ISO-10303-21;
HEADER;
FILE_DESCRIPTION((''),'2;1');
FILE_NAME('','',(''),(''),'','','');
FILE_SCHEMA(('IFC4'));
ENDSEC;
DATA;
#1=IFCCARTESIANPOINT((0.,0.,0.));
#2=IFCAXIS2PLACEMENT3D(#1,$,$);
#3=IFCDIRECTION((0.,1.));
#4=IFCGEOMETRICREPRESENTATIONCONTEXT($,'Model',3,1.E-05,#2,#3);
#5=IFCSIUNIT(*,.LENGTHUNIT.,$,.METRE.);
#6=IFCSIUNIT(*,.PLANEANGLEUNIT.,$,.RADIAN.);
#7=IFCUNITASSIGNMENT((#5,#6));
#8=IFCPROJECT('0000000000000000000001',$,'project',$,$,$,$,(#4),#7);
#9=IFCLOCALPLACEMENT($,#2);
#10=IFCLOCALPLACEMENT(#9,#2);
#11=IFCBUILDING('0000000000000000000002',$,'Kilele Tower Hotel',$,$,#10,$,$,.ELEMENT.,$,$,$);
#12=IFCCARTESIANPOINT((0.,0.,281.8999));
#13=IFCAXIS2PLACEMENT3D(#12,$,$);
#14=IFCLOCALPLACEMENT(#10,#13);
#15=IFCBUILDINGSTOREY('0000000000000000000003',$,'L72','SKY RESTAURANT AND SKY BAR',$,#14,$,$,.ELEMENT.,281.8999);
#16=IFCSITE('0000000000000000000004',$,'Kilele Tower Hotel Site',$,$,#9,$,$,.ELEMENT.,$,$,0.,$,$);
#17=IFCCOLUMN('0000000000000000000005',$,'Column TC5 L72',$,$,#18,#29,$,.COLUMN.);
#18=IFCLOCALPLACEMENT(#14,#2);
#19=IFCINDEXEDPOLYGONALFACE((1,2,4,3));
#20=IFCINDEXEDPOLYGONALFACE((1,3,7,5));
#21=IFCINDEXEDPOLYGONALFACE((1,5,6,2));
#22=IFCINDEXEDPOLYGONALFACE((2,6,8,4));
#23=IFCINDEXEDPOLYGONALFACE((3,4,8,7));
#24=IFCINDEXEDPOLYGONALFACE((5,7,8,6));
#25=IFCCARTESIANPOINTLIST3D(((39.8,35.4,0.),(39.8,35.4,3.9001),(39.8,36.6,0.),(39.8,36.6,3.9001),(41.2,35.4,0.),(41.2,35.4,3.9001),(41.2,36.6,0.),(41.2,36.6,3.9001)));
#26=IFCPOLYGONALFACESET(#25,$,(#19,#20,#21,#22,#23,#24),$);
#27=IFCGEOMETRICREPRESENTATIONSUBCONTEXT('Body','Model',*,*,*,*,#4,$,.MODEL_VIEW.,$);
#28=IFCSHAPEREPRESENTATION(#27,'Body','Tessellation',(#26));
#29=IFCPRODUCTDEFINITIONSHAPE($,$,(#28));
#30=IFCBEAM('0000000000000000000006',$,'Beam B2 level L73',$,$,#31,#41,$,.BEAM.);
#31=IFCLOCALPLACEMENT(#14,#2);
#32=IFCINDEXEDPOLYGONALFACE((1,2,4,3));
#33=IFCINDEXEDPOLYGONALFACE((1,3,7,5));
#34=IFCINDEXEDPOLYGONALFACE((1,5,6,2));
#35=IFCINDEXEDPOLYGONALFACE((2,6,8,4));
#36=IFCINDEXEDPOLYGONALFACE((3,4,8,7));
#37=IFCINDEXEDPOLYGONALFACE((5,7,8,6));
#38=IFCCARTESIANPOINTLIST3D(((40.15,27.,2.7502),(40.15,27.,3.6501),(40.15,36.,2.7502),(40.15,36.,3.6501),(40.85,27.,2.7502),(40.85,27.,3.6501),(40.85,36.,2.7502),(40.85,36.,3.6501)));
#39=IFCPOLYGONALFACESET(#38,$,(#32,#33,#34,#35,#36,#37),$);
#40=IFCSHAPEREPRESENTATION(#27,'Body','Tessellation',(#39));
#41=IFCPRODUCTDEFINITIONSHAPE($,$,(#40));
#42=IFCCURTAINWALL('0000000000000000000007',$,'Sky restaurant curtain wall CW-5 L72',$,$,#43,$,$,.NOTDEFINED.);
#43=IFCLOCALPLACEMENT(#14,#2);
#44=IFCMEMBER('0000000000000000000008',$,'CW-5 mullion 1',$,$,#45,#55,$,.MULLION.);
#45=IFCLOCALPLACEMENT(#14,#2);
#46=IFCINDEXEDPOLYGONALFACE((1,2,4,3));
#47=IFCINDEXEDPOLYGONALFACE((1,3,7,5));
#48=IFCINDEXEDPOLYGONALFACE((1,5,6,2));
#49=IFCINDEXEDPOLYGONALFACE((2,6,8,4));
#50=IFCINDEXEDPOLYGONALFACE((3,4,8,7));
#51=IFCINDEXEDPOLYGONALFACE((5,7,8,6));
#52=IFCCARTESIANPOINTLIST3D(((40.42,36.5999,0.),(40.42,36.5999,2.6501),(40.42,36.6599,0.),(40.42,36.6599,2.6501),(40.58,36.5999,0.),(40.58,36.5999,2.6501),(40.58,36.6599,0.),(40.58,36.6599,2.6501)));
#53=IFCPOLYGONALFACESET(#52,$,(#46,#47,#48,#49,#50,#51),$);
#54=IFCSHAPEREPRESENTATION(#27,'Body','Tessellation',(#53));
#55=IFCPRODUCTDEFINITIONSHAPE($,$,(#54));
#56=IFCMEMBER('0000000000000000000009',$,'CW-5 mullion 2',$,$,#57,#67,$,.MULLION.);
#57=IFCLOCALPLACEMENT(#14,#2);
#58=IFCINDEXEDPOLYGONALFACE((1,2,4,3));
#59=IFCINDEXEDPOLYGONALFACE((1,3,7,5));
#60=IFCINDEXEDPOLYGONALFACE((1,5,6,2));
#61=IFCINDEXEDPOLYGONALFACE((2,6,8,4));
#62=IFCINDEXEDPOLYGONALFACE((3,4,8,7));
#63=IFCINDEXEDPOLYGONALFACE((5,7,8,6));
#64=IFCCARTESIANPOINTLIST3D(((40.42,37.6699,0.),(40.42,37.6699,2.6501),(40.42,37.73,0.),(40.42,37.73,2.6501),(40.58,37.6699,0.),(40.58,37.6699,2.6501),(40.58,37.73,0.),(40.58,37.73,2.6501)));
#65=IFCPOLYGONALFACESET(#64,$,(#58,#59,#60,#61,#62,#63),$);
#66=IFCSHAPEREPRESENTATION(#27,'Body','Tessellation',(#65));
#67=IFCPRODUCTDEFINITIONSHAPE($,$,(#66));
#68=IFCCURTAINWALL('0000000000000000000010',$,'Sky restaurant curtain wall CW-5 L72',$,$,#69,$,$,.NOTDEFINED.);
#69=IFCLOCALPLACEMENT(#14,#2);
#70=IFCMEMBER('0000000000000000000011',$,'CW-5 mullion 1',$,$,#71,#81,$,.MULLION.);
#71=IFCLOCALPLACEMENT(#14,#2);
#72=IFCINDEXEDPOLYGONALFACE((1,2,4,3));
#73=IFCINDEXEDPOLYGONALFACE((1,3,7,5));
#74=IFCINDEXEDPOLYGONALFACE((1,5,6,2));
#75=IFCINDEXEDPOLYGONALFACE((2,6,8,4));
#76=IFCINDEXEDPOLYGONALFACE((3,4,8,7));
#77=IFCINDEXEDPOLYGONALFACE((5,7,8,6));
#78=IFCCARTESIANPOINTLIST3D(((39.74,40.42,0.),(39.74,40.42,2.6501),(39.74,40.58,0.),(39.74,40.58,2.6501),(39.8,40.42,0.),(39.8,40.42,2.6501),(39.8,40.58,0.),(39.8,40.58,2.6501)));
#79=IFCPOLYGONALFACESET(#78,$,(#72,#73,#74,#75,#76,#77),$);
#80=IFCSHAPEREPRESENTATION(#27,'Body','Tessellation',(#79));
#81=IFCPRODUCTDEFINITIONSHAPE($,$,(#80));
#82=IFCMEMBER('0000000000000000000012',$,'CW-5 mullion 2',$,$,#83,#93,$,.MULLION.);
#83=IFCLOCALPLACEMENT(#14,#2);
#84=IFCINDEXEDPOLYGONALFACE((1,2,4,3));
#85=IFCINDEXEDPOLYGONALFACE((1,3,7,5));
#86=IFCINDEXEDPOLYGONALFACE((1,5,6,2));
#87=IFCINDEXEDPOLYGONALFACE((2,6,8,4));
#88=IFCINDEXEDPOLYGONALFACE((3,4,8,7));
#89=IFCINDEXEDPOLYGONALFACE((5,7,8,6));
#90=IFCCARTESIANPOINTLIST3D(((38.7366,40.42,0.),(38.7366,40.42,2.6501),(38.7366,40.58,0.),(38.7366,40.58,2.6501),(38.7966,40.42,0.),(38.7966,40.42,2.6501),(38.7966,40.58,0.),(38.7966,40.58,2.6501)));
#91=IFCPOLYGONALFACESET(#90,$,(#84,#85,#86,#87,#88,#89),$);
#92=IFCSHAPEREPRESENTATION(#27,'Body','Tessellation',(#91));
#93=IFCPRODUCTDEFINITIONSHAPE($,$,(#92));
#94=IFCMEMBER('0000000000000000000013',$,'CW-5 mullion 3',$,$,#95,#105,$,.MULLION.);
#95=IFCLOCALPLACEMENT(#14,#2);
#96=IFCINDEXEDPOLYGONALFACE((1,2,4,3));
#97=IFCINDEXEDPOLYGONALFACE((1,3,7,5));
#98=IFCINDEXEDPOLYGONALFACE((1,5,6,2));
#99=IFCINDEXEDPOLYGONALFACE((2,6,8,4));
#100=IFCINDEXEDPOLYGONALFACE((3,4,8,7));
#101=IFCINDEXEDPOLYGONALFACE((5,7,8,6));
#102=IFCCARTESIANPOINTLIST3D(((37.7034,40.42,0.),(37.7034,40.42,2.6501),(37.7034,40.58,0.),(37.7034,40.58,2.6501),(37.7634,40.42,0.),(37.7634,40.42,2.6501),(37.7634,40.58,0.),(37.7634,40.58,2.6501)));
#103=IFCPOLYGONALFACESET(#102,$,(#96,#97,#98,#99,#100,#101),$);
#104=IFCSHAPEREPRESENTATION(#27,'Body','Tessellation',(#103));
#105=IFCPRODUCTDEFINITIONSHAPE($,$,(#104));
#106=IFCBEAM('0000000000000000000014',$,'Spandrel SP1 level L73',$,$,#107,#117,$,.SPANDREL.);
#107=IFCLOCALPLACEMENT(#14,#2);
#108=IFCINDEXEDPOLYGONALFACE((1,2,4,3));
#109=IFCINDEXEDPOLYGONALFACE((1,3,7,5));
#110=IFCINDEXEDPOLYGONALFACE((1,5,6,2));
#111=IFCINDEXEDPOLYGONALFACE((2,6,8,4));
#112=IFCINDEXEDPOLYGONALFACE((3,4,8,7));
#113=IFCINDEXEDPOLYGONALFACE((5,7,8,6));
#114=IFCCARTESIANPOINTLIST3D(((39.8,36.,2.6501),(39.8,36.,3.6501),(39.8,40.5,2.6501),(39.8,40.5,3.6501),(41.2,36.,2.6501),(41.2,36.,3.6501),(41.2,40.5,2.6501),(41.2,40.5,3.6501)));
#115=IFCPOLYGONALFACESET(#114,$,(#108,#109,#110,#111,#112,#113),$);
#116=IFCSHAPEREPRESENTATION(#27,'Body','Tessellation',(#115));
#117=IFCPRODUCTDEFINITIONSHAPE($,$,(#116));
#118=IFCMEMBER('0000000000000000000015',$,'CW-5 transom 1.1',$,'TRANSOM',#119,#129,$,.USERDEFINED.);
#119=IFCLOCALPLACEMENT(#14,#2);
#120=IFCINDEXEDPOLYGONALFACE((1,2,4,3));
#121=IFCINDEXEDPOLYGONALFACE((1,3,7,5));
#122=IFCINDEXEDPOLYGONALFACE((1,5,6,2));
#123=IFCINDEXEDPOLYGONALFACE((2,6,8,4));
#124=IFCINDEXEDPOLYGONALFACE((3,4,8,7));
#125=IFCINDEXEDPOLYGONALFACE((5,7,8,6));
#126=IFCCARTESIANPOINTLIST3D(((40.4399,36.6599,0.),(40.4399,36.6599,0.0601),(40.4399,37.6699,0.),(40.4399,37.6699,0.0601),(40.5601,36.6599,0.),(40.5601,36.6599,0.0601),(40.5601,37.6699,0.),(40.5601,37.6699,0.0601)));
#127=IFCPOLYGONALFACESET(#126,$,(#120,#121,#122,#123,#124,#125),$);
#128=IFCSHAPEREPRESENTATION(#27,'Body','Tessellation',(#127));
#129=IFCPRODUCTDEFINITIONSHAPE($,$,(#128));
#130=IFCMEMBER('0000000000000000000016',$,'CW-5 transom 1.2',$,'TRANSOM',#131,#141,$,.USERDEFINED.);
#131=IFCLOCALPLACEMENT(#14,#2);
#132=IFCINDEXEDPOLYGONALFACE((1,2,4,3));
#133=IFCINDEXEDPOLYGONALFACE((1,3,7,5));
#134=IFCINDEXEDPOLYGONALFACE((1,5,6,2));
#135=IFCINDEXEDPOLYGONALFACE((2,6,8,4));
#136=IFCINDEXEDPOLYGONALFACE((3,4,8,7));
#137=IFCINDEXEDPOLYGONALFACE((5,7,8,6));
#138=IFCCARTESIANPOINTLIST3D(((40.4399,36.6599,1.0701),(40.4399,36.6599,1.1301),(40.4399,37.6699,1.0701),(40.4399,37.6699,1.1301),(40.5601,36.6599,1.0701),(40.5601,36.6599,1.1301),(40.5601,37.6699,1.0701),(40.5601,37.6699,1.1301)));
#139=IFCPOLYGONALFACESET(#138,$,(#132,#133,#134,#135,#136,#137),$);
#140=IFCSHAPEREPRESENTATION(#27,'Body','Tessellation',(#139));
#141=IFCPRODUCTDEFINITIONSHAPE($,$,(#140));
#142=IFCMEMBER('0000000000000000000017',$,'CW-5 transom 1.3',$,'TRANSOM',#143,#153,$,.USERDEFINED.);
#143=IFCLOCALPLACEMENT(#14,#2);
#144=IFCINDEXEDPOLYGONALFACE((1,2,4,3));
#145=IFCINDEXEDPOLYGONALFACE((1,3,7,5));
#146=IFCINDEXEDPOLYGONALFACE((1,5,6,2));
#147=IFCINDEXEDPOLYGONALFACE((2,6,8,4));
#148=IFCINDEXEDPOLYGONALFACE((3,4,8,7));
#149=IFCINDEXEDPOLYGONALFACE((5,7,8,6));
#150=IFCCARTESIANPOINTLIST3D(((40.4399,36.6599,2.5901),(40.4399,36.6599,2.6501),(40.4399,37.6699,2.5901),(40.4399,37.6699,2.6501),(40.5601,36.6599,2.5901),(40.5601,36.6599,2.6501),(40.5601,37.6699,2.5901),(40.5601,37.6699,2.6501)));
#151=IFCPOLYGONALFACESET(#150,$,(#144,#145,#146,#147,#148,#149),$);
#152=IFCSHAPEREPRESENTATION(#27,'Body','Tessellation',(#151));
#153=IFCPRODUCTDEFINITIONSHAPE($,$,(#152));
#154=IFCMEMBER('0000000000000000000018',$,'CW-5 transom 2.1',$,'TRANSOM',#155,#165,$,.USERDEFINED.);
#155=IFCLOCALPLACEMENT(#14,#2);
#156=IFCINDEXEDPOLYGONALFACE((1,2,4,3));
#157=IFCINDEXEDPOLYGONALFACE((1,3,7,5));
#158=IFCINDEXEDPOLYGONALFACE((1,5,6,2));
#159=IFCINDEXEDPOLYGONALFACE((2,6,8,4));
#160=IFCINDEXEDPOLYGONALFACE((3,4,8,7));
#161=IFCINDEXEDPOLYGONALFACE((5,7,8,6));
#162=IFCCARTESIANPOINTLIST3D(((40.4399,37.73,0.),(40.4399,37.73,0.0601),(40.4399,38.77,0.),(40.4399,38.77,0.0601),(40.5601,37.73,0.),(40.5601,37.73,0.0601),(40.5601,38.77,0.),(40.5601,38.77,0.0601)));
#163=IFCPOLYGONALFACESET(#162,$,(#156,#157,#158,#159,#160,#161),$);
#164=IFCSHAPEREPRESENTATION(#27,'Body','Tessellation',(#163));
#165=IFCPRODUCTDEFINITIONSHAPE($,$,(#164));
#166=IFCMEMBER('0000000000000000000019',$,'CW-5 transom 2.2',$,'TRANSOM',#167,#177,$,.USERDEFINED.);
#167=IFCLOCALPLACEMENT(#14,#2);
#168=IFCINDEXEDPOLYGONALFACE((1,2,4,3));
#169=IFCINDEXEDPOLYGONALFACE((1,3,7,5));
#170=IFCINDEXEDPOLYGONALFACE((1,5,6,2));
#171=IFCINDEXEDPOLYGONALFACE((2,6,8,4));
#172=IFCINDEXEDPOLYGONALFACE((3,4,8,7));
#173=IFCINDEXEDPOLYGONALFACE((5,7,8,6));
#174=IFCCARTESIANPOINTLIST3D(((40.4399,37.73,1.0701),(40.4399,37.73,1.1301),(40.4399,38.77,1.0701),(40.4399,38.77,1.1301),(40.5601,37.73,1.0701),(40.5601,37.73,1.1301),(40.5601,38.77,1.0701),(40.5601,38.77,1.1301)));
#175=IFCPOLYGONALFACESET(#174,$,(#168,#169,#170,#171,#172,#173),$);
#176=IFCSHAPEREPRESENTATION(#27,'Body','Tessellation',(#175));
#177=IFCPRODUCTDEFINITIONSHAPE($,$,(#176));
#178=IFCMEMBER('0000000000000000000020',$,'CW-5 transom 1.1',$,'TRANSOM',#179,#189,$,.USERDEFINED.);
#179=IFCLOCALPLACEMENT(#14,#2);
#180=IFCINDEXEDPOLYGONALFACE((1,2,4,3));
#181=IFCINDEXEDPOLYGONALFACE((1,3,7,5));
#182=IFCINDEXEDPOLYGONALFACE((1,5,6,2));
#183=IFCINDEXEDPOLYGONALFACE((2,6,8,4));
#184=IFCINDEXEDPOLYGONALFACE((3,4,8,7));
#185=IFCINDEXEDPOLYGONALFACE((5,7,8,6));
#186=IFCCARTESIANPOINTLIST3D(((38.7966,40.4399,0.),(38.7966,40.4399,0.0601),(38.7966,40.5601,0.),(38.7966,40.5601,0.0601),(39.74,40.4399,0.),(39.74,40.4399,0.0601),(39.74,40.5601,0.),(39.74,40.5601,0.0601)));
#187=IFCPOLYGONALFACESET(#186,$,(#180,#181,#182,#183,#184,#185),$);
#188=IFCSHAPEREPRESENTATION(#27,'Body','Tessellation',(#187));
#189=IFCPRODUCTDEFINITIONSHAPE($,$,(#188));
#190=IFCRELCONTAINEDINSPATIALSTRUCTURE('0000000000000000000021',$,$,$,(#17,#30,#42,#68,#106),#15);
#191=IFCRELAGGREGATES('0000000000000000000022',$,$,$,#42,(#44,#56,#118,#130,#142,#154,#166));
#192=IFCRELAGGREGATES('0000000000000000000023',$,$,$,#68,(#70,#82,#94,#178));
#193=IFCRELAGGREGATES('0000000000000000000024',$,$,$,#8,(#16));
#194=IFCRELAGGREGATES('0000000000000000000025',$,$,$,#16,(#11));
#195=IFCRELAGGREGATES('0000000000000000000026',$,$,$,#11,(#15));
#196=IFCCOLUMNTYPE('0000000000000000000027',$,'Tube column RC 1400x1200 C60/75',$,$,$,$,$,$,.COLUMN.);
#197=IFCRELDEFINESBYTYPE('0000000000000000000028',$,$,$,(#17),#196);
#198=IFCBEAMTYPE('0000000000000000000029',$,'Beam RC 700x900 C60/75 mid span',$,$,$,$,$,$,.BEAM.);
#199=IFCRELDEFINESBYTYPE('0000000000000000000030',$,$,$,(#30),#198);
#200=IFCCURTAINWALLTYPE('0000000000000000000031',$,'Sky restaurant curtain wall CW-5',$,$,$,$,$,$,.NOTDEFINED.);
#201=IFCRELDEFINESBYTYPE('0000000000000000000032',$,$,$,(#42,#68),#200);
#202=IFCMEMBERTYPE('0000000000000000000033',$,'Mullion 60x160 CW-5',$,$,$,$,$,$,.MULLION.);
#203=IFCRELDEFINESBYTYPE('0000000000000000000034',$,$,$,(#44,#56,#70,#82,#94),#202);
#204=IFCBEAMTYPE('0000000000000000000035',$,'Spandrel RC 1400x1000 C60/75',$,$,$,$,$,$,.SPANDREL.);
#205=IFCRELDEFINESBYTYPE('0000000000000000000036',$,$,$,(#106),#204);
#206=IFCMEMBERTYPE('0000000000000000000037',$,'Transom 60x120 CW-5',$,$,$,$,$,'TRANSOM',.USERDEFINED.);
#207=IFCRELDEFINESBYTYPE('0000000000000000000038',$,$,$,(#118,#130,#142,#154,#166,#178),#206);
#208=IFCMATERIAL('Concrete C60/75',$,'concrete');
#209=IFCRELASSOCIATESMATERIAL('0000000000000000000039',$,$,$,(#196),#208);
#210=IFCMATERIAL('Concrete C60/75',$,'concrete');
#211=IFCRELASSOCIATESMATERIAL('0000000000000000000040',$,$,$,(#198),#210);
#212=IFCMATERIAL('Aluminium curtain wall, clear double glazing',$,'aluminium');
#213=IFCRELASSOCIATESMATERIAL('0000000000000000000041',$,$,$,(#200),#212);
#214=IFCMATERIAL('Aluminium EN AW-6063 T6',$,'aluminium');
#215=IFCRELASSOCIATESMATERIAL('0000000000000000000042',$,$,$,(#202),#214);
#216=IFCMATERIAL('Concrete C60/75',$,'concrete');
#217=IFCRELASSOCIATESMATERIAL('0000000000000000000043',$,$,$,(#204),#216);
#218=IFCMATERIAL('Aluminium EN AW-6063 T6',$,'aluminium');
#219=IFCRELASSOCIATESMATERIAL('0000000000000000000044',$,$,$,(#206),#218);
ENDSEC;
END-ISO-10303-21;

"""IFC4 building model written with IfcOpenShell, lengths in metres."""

from ifc_helpers import new_model, si_unit, direction, frame, origin, origin_2d, place, context, subcontext, project, spatial, rectangle, extrude, material, material_profile, profile_set, type_object, element, aggregate, save


model = new_model("IFC4")

# Units and contexts
model_context = context("Model", 3, precision=1e-05, world=origin(), true_north=direction((0.0, 1.0)))
body_context = subcontext(model_context, "Body", "Model", "MODEL_VIEW")
ifc_project = project(units=[si_unit("LENGTHUNIT", "METRE"), si_unit("PLANEANGLEUNIT", "RADIAN")], contexts=[model_context])

# Site, building, storey
site_placement = place(None, origin())
site = spatial("IfcSite", under=ifc_project, at=site_placement, Name="Kilele Tower Hotel Site", CompositionType="ELEMENT", RefElevation=0.0)
building_placement = place(site_placement, origin())
building = spatial("IfcBuilding", under=site, at=building_placement, Name="Kilele Tower Hotel", CompositionType="ELEMENT")
storey_placement = place(building_placement, frame((0.0, 0.0, 281.8999)))
storey = spatial("IfcBuildingStorey", under=building, at=storey_placement, Name="L72", Description="SKY RESTAURANT AND SKY BAR", CompositionType="ELEMENT", Elevation=281.8999)

# Column
ifc_material_1 = material(Name="Concrete C60/75", Category="concrete")
ifc_material_profile_1 = material_profile(ifc_material_1, rectangle(XDim=1.3999, YDim=1.2, at=origin_2d()))
ifc_profile_set_1 = profile_set([ifc_material_profile_1], Name="Concrete C60/75")
column_type = type_object("IfcColumnType", Name="Tube column RC 1400x1200 C60/75", PredefinedType="COLUMN", material=ifc_profile_set_1)
column_placement = place(storey_placement, frame((40.5, 36.0, 0.0), z_axis=(0.0, 0.0, 1.0), x_axis=(1.0, 0.0, 0.0)))
element("IfcColumn", 1, at=column_placement, inside=storey, type_object=column_type, Name="Column TC5 L72", PredefinedType="COLUMN", context=body_context, shape_type="SweptSolid", body=[
    extrude(rectangle(XDim=1.3999, YDim=1.2, at=origin_2d()), origin(), (0.0, 0.0, 1.0), 3.9001),
])

# Beam
ifc_material_2 = material(Name="Concrete C60/75", Category="concrete")
ifc_material_profile_2 = material_profile(ifc_material_2, rectangle(XDim=0.7, YDim=0.8999, at=origin_2d()))
ifc_profile_set_2 = profile_set([ifc_material_profile_2], Name="Concrete C60/75")
beam_type_1 = type_object("IfcBeamType", Name="Beam RC 700x900 C60/75 mid span", PredefinedType="BEAM", material=ifc_profile_set_2)
beam_1_placement = place(storey_placement, frame((40.5, 36.0, 3.2002), z_axis=(0.0, -1.0, 0.0), x_axis=(1.0, 0.0, 0.0)))
element("IfcBeam", 2, at=beam_1_placement, inside=storey, type_object=beam_type_1, Name="Beam B2 level L73", PredefinedType="BEAM", context=body_context, shape_type="SweptSolid", body=[
    extrude(rectangle(XDim=0.7, YDim=0.8999, at=origin_2d()), origin(), (0.0, 0.0, 1.0), 9.0),
])

# Curtain walls, members
ifc_material_3 = material(Name="Aluminium curtain wall, clear double glazing", Category="aluminium")
curtain_wall_type = type_object("IfcCurtainWallType", Name="Sky restaurant curtain wall CW-5", PredefinedType="NOTDEFINED", material=ifc_material_3)
curtain_wall_1_placement = place(storey_placement, origin())
curtain_wall_1 = element("IfcCurtainWall", 3, at=curtain_wall_1_placement, inside=storey, type_object=curtain_wall_type, Name="Sky restaurant curtain wall CW-5 L72", PredefinedType="NOTDEFINED")
ifc_material_4 = material(Name="Aluminium EN AW-6063 T6", Category="aluminium")
ifc_material_profile_3 = material_profile(ifc_material_4, rectangle(XDim=0.1599, YDim=0.0601, at=origin_2d()))
ifc_profile_set_3 = profile_set([ifc_material_profile_3], Name="Aluminium EN AW-6063 T6")
member_type_1 = type_object("IfcMemberType", Name="Mullion 60x160 CW-5", PredefinedType="MULLION", material=ifc_profile_set_3)
member_1_placement = place(storey_placement, frame((40.5, 36.6299, 0.0), z_axis=(0.0, 0.0, 1.0), x_axis=(-1.0, 0.0, 0.0)))
member_1 = element("IfcMember", 4, at=member_1_placement, type_object=member_type_1, Name="CW-5 mullion 1", PredefinedType="MULLION", context=body_context, shape_type="SweptSolid", body=[
    extrude(rectangle(XDim=0.1599, YDim=0.0601, at=origin_2d()), origin(), (0.0, 0.0, 1.0), 2.6501),
])
member_2_placement = place(storey_placement, frame((40.5, 37.7, 0.0), z_axis=(0.0, 0.0, 1.0), x_axis=(-1.0, 0.0, 0.0)))
member_2 = element("IfcMember", 5, at=member_2_placement, type_object=member_type_1, Name="CW-5 mullion 2", PredefinedType="MULLION", context=body_context, shape_type="SweptSolid", body=[
    extrude(rectangle(XDim=0.1599, YDim=0.0601, at=origin_2d()), origin(), (0.0, 0.0, 1.0), 2.6501),
])
curtain_wall_2_placement = place(storey_placement, origin())
curtain_wall_2 = element("IfcCurtainWall", 6, at=curtain_wall_2_placement, inside=storey, type_object=curtain_wall_type, Name="Sky restaurant curtain wall CW-5 L72", PredefinedType="NOTDEFINED")
member_3_placement = place(storey_placement, frame((39.77, 40.5, 0.0), z_axis=(0.0, 0.0, 1.0), x_axis=(0.0, -1.0, 0.0)))
member_3 = element("IfcMember", 7, at=member_3_placement, type_object=member_type_1, Name="CW-5 mullion 1", PredefinedType="MULLION", context=body_context, shape_type="SweptSolid", body=[
    extrude(rectangle(XDim=0.1599, YDim=0.0601, at=origin_2d()), origin(), (0.0, 0.0, 1.0), 2.6501),
])
member_4_placement = place(storey_placement, frame((38.7666, 40.5, 0.0), z_axis=(0.0, 0.0, 1.0), x_axis=(0.0, -1.0, 0.0)))
member_4 = element("IfcMember", 8, at=member_4_placement, type_object=member_type_1, Name="CW-5 mullion 2", PredefinedType="MULLION", context=body_context, shape_type="SweptSolid", body=[
    extrude(rectangle(XDim=0.1599, YDim=0.0601, at=origin_2d()), origin(), (0.0, 0.0, 1.0), 2.6501),
])
member_5_placement = place(storey_placement, frame((37.7334, 40.5, 0.0), z_axis=(0.0, 0.0, 1.0), x_axis=(0.0, -1.0, 0.0)))
member_5 = element("IfcMember", 9, at=member_5_placement, type_object=member_type_1, Name="CW-5 mullion 3", PredefinedType="MULLION", context=body_context, shape_type="SweptSolid", body=[
    extrude(rectangle(XDim=0.1599, YDim=0.0601, at=origin_2d()), origin(), (0.0, 0.0, 1.0), 2.6501),
])

# Beam
ifc_material_5 = material(Name="Concrete C60/75", Category="concrete")
ifc_material_profile_4 = material_profile(ifc_material_5, rectangle(XDim=1.3999, YDim=1.0, at=origin_2d()))
ifc_profile_set_4 = profile_set([ifc_material_profile_4], Name="Concrete C60/75")
beam_type_2 = type_object("IfcBeamType", Name="Spandrel RC 1400x1000 C60/75", PredefinedType="SPANDREL", material=ifc_profile_set_4)
beam_2_placement = place(storey_placement, frame((40.5, 36.0, 3.1501), z_axis=(0.0, 1.0, 0.0), x_axis=(-1.0, 0.0, 0.0)))
element("IfcBeam", 10, at=beam_2_placement, inside=storey, type_object=beam_type_2, Name="Spandrel SP1 level L73", PredefinedType="SPANDREL", context=body_context, shape_type="SweptSolid", body=[
    extrude(rectangle(XDim=1.3999, YDim=1.0, at=origin_2d()), origin(), (0.0, 0.0, 1.0), 4.5),
])

# Members
ifc_material_6 = material(Name="Aluminium EN AW-6063 T6", Category="aluminium")
ifc_material_profile_5 = material_profile(ifc_material_6, rectangle(XDim=0.1201, YDim=0.0601, at=origin_2d()))
ifc_profile_set_5 = profile_set([ifc_material_profile_5], Name="Aluminium EN AW-6063 T6")
member_type_2 = type_object("IfcMemberType", Name="Transom 60x120 CW-5", ElementType="TRANSOM", PredefinedType="USERDEFINED", material=ifc_profile_set_5)
member_6_placement = place(storey_placement, frame((40.5, 36.6599, 0.03), z_axis=(0.0, 1.0, 0.0), x_axis=(-1.0, 0.0, 0.0)))
member_6 = element("IfcMember", 11, at=member_6_placement, type_object=member_type_2, Name="CW-5 transom 1.1", ObjectType="TRANSOM", PredefinedType="USERDEFINED", context=body_context, shape_type="SweptSolid", body=[
    extrude(rectangle(XDim=0.1201, YDim=0.0601, at=origin_2d()), origin(), (0.0, 0.0, 1.0), 1.01),
])
member_7_placement = place(storey_placement, frame((40.5, 36.6599, 1.1001), z_axis=(0.0, 1.0, 0.0), x_axis=(-1.0, 0.0, 0.0)))
member_7 = element("IfcMember", 12, at=member_7_placement, type_object=member_type_2, Name="CW-5 transom 1.2", ObjectType="TRANSOM", PredefinedType="USERDEFINED", context=body_context, shape_type="SweptSolid", body=[
    extrude(rectangle(XDim=0.1201, YDim=0.0601, at=origin_2d()), origin(), (0.0, 0.0, 1.0), 1.01),
])
member_8_placement = place(storey_placement, frame((40.5, 36.6599, 2.6201), z_axis=(0.0, 1.0, 0.0), x_axis=(-1.0, 0.0, 0.0)))
member_8 = element("IfcMember", 13, at=member_8_placement, type_object=member_type_2, Name="CW-5 transom 1.3", ObjectType="TRANSOM", PredefinedType="USERDEFINED", context=body_context, shape_type="SweptSolid", body=[
    extrude(rectangle(XDim=0.1201, YDim=0.0601, at=origin_2d()), origin(), (0.0, 0.0, 1.0), 1.01),
])
member_9_placement = place(storey_placement, frame((40.5, 37.73, 0.03), z_axis=(0.0, 1.0, 0.0), x_axis=(-1.0, 0.0, 0.0)))
member_9 = element("IfcMember", 14, at=member_9_placement, type_object=member_type_2, Name="CW-5 transom 2.1", ObjectType="TRANSOM", PredefinedType="USERDEFINED", context=body_context, shape_type="SweptSolid", body=[
    extrude(rectangle(XDim=0.1201, YDim=0.0601, at=origin_2d()), origin(), (0.0, 0.0, 1.0), 1.04),
])
member_10_placement = place(storey_placement, frame((40.5, 37.73, 1.1001), z_axis=(0.0, 1.0, 0.0), x_axis=(-1.0, 0.0, 0.0)))
member_10 = element("IfcMember", 15, at=member_10_placement, type_object=member_type_2, Name="CW-5 transom 2.2", ObjectType="TRANSOM", PredefinedType="USERDEFINED", context=body_context, shape_type="SweptSolid", body=[
    extrude(rectangle(XDim=0.1201, YDim=0.0601, at=origin_2d()), origin(), (0.0, 0.0, 1.0), 1.04),
])
member_11_placement = place(storey_placement, frame((39.74, 40.5, 0.03), z_axis=(-1.0, 0.0, 0.0), x_axis=(0.0, -1.0, 0.0)))
member_11 = element("IfcMember", 16, at=member_11_placement, type_object=member_type_2, Name="CW-5 transom 1.1", ObjectType="TRANSOM", PredefinedType="USERDEFINED", context=body_context, shape_type="SweptSolid", body=[
    extrude(rectangle(XDim=0.1201, YDim=0.0601, at=origin_2d()), origin(), (0.0, 0.0, 1.0), 0.9434),
])

aggregate(curtain_wall_1, [member_1, member_2, member_6, member_7, member_8, member_9, member_10])
aggregate(curtain_wall_2, [member_3, member_4, member_5, member_11])

save(model, "model.ifc")
